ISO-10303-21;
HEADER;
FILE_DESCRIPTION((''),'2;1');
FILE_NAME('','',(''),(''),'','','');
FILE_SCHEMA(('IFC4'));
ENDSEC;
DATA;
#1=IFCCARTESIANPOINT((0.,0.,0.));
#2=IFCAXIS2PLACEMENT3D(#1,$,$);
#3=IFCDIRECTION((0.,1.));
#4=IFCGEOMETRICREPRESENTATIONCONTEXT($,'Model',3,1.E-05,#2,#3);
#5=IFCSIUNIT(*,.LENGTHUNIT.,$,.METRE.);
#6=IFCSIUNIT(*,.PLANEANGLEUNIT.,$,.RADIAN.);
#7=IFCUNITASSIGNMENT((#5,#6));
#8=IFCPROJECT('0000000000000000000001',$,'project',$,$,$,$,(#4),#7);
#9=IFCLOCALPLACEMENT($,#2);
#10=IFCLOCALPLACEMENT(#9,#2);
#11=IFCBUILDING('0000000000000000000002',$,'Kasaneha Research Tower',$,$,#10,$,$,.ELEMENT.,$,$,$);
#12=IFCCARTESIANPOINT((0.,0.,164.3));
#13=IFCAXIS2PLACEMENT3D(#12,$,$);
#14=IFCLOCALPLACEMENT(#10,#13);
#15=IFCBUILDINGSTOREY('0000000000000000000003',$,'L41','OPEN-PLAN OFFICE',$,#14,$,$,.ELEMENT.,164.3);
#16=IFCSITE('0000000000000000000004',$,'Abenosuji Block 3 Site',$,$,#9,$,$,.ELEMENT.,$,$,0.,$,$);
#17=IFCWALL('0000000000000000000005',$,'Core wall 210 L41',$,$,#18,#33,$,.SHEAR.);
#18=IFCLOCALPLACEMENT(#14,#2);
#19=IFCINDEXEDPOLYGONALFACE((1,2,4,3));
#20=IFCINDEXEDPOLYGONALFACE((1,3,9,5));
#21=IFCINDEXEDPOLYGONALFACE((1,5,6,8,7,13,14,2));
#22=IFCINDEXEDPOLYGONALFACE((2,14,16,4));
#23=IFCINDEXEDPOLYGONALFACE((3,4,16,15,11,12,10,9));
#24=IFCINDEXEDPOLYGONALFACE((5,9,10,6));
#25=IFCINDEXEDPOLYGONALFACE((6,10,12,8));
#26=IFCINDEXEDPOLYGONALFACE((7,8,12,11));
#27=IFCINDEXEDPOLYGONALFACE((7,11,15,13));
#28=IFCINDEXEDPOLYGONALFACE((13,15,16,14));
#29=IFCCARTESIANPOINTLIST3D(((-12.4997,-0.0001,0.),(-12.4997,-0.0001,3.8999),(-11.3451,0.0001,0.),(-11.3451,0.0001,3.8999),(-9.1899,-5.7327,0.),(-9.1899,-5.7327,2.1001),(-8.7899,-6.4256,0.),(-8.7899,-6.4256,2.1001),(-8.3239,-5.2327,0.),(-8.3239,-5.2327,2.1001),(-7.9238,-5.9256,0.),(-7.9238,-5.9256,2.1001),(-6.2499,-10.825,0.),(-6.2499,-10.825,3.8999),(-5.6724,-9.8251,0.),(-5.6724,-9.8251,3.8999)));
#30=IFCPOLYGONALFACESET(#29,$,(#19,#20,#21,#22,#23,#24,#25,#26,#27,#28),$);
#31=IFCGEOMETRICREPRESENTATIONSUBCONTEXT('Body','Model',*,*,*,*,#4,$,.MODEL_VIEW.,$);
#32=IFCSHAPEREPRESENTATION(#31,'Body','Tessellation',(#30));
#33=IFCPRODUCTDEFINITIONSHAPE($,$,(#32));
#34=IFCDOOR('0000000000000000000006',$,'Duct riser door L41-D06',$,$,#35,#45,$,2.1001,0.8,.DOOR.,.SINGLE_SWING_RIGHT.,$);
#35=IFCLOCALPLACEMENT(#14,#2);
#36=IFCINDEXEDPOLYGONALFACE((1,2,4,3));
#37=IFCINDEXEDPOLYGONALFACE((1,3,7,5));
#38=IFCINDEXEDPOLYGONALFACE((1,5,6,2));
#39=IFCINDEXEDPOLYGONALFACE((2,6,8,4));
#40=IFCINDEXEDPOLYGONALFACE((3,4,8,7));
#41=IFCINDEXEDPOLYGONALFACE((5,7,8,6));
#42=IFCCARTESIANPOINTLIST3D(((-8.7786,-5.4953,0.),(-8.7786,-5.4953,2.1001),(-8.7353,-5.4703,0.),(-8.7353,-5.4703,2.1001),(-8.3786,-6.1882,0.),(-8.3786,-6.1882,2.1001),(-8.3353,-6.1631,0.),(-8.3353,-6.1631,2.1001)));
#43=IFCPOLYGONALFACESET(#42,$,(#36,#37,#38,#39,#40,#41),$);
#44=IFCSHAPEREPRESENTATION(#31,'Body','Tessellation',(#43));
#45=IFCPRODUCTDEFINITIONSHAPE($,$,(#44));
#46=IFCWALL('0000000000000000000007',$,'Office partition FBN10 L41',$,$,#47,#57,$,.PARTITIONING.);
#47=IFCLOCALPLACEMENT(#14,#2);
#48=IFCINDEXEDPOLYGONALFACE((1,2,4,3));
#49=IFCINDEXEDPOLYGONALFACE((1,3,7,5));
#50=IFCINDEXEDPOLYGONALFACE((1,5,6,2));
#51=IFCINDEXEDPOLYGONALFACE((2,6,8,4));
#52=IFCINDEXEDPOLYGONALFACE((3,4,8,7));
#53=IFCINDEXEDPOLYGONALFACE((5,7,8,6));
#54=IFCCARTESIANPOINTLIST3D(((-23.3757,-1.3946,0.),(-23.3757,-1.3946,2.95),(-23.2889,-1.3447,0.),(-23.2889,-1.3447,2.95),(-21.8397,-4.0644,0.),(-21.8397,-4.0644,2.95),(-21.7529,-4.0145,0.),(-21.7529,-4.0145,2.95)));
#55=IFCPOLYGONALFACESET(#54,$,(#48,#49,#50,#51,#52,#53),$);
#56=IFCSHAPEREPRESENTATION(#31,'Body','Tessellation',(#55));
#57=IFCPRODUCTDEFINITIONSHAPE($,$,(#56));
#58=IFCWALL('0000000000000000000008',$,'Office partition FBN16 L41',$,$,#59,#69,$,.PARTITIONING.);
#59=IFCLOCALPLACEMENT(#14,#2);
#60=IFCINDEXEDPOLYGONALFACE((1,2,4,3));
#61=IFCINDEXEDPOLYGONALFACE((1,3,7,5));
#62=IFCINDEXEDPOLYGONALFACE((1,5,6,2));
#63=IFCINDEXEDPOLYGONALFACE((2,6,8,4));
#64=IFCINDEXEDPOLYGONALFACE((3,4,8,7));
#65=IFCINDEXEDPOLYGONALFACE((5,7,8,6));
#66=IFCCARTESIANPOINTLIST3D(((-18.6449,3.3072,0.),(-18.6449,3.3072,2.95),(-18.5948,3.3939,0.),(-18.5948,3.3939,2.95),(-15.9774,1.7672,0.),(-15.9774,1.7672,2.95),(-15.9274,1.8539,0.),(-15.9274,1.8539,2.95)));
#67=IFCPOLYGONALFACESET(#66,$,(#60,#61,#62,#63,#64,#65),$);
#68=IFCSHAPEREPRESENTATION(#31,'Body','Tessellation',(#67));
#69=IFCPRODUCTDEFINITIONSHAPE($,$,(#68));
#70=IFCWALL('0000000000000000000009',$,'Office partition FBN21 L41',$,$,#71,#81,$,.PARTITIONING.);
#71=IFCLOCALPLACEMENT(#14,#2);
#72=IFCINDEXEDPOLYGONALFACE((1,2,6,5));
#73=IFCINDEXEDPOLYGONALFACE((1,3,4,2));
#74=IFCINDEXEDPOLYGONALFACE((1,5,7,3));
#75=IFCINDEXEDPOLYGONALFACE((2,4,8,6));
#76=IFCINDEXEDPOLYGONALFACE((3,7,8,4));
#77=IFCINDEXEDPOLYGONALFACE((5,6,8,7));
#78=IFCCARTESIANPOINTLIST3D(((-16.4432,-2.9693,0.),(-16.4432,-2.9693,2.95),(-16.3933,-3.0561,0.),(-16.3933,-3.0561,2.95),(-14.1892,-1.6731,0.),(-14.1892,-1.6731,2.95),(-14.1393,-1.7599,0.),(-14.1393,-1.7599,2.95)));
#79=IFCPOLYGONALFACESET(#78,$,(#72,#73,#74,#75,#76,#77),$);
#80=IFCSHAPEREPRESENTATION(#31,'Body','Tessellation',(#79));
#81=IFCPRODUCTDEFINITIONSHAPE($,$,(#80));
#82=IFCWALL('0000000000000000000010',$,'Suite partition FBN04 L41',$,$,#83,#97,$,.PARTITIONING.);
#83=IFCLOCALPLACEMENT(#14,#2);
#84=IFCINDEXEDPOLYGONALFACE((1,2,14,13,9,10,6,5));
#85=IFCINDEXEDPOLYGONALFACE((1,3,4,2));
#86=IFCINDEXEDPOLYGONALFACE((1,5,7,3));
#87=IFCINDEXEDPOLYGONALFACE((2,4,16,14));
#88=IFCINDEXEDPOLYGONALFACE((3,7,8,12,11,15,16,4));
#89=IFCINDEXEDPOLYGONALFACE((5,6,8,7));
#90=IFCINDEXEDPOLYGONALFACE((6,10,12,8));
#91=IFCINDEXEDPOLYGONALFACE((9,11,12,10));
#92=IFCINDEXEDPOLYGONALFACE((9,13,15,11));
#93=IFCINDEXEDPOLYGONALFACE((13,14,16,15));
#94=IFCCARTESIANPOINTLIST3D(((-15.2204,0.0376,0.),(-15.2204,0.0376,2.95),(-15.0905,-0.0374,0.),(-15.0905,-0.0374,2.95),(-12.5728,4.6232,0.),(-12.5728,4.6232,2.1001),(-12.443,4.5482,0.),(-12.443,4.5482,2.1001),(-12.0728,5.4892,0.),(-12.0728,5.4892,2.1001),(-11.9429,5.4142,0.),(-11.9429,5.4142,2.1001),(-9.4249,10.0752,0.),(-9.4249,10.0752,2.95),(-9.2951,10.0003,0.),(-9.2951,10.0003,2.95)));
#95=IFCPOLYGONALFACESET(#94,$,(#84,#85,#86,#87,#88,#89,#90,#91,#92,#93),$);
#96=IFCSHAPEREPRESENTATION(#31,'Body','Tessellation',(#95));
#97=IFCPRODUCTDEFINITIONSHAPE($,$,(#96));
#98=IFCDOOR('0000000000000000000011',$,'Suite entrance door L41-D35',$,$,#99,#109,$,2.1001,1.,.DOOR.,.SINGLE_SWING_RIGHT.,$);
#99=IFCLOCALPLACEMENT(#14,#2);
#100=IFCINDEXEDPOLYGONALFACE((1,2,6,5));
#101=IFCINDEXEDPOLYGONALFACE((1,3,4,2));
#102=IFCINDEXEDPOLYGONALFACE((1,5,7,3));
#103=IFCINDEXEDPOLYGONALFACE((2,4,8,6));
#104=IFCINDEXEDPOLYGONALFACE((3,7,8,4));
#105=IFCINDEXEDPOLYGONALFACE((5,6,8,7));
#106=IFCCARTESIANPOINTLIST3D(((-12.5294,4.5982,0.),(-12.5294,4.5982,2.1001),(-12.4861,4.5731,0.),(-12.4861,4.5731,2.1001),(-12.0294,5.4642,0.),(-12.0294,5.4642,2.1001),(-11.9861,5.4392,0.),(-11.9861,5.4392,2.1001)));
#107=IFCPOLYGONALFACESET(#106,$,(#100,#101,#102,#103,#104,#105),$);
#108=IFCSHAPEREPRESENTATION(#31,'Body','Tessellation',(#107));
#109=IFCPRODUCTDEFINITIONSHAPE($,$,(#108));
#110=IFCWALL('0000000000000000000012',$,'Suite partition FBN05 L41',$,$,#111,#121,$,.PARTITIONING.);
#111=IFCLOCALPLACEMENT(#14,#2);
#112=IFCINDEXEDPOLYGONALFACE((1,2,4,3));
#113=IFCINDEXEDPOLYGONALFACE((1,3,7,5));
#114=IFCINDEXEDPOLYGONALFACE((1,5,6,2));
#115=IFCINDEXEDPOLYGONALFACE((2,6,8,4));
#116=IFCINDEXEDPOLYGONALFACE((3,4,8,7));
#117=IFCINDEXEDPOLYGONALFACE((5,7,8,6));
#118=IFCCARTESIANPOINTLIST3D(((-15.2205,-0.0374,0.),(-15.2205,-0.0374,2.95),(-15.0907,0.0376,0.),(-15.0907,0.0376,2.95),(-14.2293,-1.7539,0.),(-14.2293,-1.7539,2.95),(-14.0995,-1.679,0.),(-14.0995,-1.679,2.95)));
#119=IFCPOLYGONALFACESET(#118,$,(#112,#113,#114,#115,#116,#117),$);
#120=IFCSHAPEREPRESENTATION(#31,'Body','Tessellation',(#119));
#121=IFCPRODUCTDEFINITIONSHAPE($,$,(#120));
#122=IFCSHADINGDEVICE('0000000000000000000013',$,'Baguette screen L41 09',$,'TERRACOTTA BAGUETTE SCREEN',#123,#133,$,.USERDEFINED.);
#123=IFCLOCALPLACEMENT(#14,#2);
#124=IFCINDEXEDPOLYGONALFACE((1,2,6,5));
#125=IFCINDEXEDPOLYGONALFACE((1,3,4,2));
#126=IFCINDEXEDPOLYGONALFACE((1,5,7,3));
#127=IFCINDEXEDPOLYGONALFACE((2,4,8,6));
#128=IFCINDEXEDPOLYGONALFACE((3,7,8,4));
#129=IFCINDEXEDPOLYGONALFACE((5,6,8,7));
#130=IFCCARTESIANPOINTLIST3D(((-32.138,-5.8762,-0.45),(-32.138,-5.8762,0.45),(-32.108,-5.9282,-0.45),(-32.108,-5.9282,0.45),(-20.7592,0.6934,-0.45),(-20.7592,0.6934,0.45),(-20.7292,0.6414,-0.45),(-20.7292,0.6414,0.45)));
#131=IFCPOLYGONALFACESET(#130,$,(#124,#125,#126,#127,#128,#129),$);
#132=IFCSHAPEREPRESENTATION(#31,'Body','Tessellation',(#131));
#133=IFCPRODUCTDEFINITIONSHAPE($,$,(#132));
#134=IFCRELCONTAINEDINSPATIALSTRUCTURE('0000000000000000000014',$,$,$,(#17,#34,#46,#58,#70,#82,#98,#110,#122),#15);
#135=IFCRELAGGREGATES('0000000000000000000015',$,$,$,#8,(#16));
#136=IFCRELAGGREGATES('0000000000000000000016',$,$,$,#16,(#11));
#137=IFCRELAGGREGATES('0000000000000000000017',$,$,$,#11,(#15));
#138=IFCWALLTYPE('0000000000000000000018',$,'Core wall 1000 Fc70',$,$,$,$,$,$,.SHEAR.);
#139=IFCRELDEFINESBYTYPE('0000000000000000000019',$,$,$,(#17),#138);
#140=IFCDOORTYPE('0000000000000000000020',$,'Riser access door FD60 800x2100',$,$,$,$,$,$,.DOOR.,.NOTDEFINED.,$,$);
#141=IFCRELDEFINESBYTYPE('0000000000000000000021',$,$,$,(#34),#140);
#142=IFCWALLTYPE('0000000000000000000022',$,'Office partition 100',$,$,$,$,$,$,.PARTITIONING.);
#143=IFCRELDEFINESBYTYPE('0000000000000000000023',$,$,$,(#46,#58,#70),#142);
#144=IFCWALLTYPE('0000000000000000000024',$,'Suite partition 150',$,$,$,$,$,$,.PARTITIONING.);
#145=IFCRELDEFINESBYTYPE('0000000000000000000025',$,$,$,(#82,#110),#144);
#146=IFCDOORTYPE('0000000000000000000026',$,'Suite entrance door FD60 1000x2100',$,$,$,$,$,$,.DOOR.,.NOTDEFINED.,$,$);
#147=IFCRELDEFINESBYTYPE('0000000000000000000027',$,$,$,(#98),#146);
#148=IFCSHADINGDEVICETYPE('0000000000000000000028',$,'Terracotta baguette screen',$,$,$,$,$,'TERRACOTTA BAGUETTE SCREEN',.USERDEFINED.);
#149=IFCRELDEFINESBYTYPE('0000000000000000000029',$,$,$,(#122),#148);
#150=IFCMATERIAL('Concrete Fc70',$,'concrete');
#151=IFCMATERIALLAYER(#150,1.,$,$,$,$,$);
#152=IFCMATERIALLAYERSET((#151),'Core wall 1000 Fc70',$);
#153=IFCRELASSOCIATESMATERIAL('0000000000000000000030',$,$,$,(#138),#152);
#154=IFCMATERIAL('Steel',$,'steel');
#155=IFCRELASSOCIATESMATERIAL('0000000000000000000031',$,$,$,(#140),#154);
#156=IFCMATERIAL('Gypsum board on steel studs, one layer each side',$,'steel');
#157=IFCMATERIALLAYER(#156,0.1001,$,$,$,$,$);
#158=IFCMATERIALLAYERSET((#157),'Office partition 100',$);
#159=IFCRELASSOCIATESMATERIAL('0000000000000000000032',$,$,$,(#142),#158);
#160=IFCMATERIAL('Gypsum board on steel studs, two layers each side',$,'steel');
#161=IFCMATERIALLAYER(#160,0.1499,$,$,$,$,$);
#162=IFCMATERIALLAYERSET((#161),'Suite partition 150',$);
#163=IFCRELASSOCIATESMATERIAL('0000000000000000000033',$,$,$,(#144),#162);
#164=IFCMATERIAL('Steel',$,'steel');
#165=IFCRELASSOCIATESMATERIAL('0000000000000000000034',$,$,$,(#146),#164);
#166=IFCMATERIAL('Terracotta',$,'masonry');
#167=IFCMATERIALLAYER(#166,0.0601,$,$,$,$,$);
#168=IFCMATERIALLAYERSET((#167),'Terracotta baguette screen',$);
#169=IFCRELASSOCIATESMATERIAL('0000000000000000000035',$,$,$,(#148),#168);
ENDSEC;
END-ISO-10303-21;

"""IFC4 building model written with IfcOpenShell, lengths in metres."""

from ifc_helpers import new_model, si_unit, direction, frame, frame_2d, origin, origin_2d, place, context, subcontext, project, spatial, polyline, rectangle, outline, extrude, material, layer, layer_set, type_object, element, fill, save


model = new_model("IFC4")

# Units and contexts
model_context = context("Model", 3, precision=1e-05, world=origin(), true_north=direction((0.0, 1.0)))
body_context = subcontext(model_context, "Body", "Model", "MODEL_VIEW")
ifc_project = project(units=[si_unit("LENGTHUNIT", "METRE"), si_unit("PLANEANGLEUNIT", "RADIAN")], contexts=[model_context])

# Site, building, storey
site_placement = place(None, origin())
site = spatial("IfcSite", under=ifc_project, at=site_placement, Name="Abenosuji Block 3 Site", CompositionType="ELEMENT", RefElevation=0.0)
building_placement = place(site_placement, origin())
building = spatial("IfcBuilding", under=site, at=building_placement, Name="Kasaneha Research Tower", CompositionType="ELEMENT")
storey_placement = place(building_placement, frame((0.0, 0.0, 164.3)))
storey = spatial("IfcBuildingStorey", under=building, at=storey_placement, Name="L41", Description="OPEN-PLAN OFFICE", CompositionType="ELEMENT", Elevation=164.3)

# Wall, opening, door
ifc_material_1 = material(Name="Concrete Fc70", Category="concrete")
ifc_layer_1 = layer(ifc_material_1, 1.0)
ifc_layer_set_1 = layer_set([ifc_layer_1], Name="Core wall 1000 Fc70")
wall_type_1 = type_object("IfcWallType", Name="Core wall 1000 Fc70", PredefinedType="SHEAR", material=ifc_layer_set_1)
wall_1_placement = place(storey_placement, frame((-11.9224, 0.0, 0.0), z_axis=(0.0, 0.0, 1.0), x_axis=(0.500004, -0.866023, 0.0)))
wall_1 = element("IfcWall", 1, at=wall_1_placement, inside=storey, type_object=wall_type_1, Name="Core wall 210 L41", PredefinedType="SHEAR", context=body_context, shape_type="SweptSolid", body=[
    extrude(outline(polyline([(-0.2886, -0.5), (6.3311, -0.5), (7.1311, -0.5), (12.2109, -0.5), (11.6338, 0.5), (7.1311, 0.5), (6.3311, 0.5), (0.2886, 0.5), (-0.2886, -0.5)])), origin(), (0.0, 0.0, 1.0), 3.8999),
])
opening_1_placement = place(wall_1_placement, frame((6.3311, 0.0, 0.0)))
opening_1 = element("IfcOpeningElement", 2, at=opening_1_placement, cuts=wall_1, PredefinedType="OPENING", context=body_context, shape_type="SweptSolid", body=[
    extrude(rectangle(XDim=0.8, YDim=2.1001, at=frame_2d((0.3999, 1.05))), frame((0.0, 0.51, 0.0), z_axis=(0.0, -1.0, 0.0), x_axis=(1.0, 0.0, 0.0)), (0.0, 0.0, 1.0), 1.02),
])
ifc_material_2 = material(Name="Steel", Category="steel")
door_type_1 = type_object("IfcDoorType", Name="Riser access door FD60 800x2100", OperationType="NOTDEFINED", PredefinedType="DOOR", material=ifc_material_2)
door_1_placement = place(opening_1_placement, origin())
door_1 = element("IfcDoor", 3, at=door_1_placement, inside=storey, type_object=door_type_1, Name="Duct riser door L41-D06", OperationType="SINGLE_SWING_RIGHT", OverallHeight=2.1001, OverallWidth=0.8, PredefinedType="DOOR", context=body_context, shape_type="SweptSolid", body=[
    extrude(rectangle(XDim=0.8, YDim=2.1001, at=frame_2d((0.3999, 1.05))), frame((0.0, 0.0249, 0.0), z_axis=(0.0, -1.0, 0.0), x_axis=(1.0, 0.0, 0.0)), (0.0, 0.0, 1.0), 0.05),
])
fill(opening_1, door_1)

# Walls
ifc_material_3 = material(Name="Gypsum board on steel studs, one layer each side", Category="steel")
ifc_layer_2 = layer(ifc_material_3, 0.1001)
ifc_layer_set_2 = layer_set([ifc_layer_2], Name="Office partition 100")
wall_type_2 = type_object("IfcWallType", Name="Office partition 100", PredefinedType="PARTITIONING", material=ifc_layer_set_2)
for number, where, z_axis, x_axis, name in (
    (4, (-23.3323, -1.3696, 0.0), (0.0, 0.0, 1.0), (0.498672, -0.866791, 0.0), "Office partition FBN10 L41"),
    (5, (-15.9524, 1.8105, 0.0), (0.0, 0.0, 1.0), (-0.86603, 0.499992, 0.0), "Office partition FBN16 L41"),
):
    element("IfcWall", number, at=place(storey_placement, frame(where, z_axis=z_axis, x_axis=x_axis)), inside=storey, type_object=wall_type_2, Name=name, PredefinedType="PARTITIONING", context=body_context, shape_type="SweptSolid", body=[
        extrude(rectangle(XDim=3.0801, YDim=0.1001, at=frame_2d((1.54, 0.0))), origin(), (0.0, 0.0, 1.0), 2.95),
    ])
wall_2_placement = place(storey_placement, frame((-16.4182, -3.0127, 0.0), z_axis=(0.0, 0.0, 1.0), x_axis=(0.866882, 0.498513, 0.0)))
element("IfcWall", 6, at=wall_2_placement, inside=storey, type_object=wall_type_2, Name="Office partition FBN21 L41", PredefinedType="PARTITIONING", context=body_context, shape_type="SweptSolid", body=[
    extrude(rectangle(XDim=2.6001, YDim=0.1001, at=frame_2d((1.3, 0.0))), origin(), (0.0, 0.0, 1.0), 2.95),
])

# Wall, opening, door
ifc_material_4 = material(Name="Gypsum board on steel studs, two layers each side", Category="steel")
ifc_layer_3 = layer(ifc_material_4, 0.1499)
ifc_layer_set_3 = layer_set([ifc_layer_3], Name="Suite partition 150")
wall_type_3 = type_object("IfcWallType", Name="Suite partition 150", PredefinedType="PARTITIONING", material=ifc_layer_set_3)
wall_3_placement = place(storey_placement, frame((-15.1555, 0.0, 0.0), z_axis=(0.0, 0.0, 1.0), x_axis=(0.500013, 0.866018, 0.0)))
wall_3 = element("IfcWall", 7, at=wall_3_placement, inside=storey, type_object=wall_type_3, Name="Suite partition FBN04 L41", PredefinedType="PARTITIONING", context=body_context, shape_type="SweptSolid", body=[
    extrude(rectangle(XDim=11.5906, YDim=0.1499, at=frame_2d((5.7954, 0.0))), origin(), (0.0, 0.0, 1.0), 2.95),
])
opening_2_placement = place(wall_3_placement, frame((5.2952, 0.0, 0.0)))
opening_2 = element("IfcOpeningElement", 8, at=opening_2_placement, cuts=wall_3, PredefinedType="OPENING", context=body_context, shape_type="SweptSolid", body=[
    extrude(rectangle(XDim=1.0, YDim=2.1001, at=frame_2d((0.5, 1.05))), frame((0.0, 0.085, 0.0), z_axis=(0.0, -1.0, 0.0), x_axis=(1.0, 0.0, 0.0)), (0.0, 0.0, 1.0), 0.1699),
])
ifc_material_5 = material(Name="Steel", Category="steel")
door_type_2 = type_object("IfcDoorType", Name="Suite entrance door FD60 1000x2100", OperationType="NOTDEFINED", PredefinedType="DOOR", material=ifc_material_5)
door_2_placement = place(opening_2_placement, origin())
door_2 = element("IfcDoor", 9, at=door_2_placement, inside=storey, type_object=door_type_2, Name="Suite entrance door L41-D35", OperationType="SINGLE_SWING_RIGHT", OverallHeight=2.1001, OverallWidth=1.0, PredefinedType="DOOR", context=body_context, shape_type="SweptSolid", body=[
    extrude(rectangle(XDim=1.0, YDim=2.1001, at=frame_2d((0.5, 1.05))), frame((0.0, 0.0249, 0.0), z_axis=(0.0, -1.0, 0.0), x_axis=(1.0, 0.0, 0.0)), (0.0, 0.0, 1.0), 0.05),
])
fill(opening_2, door_2)

# Wall
wall_4_placement = place(storey_placement, frame((-14.1643, -1.7166, 0.0), z_axis=(0.0, 0.0, 1.0), x_axis=(-0.50006, 0.865991, 0.0)))
element("IfcWall", 10, at=wall_4_placement, inside=storey, type_object=wall_type_3, Name="Suite partition FBN05 L41", PredefinedType="PARTITIONING", context=body_context, shape_type="SweptSolid", body=[
    extrude(rectangle(XDim=1.9822, YDim=0.1499, at=frame_2d((0.9912, 0.0))), origin(), (0.0, 0.0, 1.0), 2.95),
])

# Shading device
ifc_material_6 = material(Name="Terracotta", Category="masonry")
ifc_layer_4 = layer(ifc_material_6, 0.0601)
ifc_layer_set_4 = layer_set([ifc_layer_4], Name="Terracotta baguette screen")
shading_device_type = type_object("IfcShadingDeviceType", Name="Terracotta baguette screen", ElementType="TERRACOTTA BAGUETTE SCREEN", PredefinedType="USERDEFINED", material=ifc_layer_set_4)
shading_device_placement = place(storey_placement, frame((-26.4336, -2.6174, -0.45), z_axis=(0.0, 0.0, 1.0), x_axis=(-0.866025, -0.5, 0.0)))
element("IfcShadingDevice", 11, at=shading_device_placement, inside=storey, type_object=shading_device_type, Name="Baguette screen L41 09", ObjectType="TERRACOTTA BAGUETTE SCREEN", PredefinedType="USERDEFINED", context=body_context, shape_type="SweptSolid", body=[
    extrude(rectangle(XDim=13.1392, YDim=0.0601, at=origin_2d()), origin(), (0.0, 0.0, 1.0), 0.8999),
])

save(model, "model.ifc")
